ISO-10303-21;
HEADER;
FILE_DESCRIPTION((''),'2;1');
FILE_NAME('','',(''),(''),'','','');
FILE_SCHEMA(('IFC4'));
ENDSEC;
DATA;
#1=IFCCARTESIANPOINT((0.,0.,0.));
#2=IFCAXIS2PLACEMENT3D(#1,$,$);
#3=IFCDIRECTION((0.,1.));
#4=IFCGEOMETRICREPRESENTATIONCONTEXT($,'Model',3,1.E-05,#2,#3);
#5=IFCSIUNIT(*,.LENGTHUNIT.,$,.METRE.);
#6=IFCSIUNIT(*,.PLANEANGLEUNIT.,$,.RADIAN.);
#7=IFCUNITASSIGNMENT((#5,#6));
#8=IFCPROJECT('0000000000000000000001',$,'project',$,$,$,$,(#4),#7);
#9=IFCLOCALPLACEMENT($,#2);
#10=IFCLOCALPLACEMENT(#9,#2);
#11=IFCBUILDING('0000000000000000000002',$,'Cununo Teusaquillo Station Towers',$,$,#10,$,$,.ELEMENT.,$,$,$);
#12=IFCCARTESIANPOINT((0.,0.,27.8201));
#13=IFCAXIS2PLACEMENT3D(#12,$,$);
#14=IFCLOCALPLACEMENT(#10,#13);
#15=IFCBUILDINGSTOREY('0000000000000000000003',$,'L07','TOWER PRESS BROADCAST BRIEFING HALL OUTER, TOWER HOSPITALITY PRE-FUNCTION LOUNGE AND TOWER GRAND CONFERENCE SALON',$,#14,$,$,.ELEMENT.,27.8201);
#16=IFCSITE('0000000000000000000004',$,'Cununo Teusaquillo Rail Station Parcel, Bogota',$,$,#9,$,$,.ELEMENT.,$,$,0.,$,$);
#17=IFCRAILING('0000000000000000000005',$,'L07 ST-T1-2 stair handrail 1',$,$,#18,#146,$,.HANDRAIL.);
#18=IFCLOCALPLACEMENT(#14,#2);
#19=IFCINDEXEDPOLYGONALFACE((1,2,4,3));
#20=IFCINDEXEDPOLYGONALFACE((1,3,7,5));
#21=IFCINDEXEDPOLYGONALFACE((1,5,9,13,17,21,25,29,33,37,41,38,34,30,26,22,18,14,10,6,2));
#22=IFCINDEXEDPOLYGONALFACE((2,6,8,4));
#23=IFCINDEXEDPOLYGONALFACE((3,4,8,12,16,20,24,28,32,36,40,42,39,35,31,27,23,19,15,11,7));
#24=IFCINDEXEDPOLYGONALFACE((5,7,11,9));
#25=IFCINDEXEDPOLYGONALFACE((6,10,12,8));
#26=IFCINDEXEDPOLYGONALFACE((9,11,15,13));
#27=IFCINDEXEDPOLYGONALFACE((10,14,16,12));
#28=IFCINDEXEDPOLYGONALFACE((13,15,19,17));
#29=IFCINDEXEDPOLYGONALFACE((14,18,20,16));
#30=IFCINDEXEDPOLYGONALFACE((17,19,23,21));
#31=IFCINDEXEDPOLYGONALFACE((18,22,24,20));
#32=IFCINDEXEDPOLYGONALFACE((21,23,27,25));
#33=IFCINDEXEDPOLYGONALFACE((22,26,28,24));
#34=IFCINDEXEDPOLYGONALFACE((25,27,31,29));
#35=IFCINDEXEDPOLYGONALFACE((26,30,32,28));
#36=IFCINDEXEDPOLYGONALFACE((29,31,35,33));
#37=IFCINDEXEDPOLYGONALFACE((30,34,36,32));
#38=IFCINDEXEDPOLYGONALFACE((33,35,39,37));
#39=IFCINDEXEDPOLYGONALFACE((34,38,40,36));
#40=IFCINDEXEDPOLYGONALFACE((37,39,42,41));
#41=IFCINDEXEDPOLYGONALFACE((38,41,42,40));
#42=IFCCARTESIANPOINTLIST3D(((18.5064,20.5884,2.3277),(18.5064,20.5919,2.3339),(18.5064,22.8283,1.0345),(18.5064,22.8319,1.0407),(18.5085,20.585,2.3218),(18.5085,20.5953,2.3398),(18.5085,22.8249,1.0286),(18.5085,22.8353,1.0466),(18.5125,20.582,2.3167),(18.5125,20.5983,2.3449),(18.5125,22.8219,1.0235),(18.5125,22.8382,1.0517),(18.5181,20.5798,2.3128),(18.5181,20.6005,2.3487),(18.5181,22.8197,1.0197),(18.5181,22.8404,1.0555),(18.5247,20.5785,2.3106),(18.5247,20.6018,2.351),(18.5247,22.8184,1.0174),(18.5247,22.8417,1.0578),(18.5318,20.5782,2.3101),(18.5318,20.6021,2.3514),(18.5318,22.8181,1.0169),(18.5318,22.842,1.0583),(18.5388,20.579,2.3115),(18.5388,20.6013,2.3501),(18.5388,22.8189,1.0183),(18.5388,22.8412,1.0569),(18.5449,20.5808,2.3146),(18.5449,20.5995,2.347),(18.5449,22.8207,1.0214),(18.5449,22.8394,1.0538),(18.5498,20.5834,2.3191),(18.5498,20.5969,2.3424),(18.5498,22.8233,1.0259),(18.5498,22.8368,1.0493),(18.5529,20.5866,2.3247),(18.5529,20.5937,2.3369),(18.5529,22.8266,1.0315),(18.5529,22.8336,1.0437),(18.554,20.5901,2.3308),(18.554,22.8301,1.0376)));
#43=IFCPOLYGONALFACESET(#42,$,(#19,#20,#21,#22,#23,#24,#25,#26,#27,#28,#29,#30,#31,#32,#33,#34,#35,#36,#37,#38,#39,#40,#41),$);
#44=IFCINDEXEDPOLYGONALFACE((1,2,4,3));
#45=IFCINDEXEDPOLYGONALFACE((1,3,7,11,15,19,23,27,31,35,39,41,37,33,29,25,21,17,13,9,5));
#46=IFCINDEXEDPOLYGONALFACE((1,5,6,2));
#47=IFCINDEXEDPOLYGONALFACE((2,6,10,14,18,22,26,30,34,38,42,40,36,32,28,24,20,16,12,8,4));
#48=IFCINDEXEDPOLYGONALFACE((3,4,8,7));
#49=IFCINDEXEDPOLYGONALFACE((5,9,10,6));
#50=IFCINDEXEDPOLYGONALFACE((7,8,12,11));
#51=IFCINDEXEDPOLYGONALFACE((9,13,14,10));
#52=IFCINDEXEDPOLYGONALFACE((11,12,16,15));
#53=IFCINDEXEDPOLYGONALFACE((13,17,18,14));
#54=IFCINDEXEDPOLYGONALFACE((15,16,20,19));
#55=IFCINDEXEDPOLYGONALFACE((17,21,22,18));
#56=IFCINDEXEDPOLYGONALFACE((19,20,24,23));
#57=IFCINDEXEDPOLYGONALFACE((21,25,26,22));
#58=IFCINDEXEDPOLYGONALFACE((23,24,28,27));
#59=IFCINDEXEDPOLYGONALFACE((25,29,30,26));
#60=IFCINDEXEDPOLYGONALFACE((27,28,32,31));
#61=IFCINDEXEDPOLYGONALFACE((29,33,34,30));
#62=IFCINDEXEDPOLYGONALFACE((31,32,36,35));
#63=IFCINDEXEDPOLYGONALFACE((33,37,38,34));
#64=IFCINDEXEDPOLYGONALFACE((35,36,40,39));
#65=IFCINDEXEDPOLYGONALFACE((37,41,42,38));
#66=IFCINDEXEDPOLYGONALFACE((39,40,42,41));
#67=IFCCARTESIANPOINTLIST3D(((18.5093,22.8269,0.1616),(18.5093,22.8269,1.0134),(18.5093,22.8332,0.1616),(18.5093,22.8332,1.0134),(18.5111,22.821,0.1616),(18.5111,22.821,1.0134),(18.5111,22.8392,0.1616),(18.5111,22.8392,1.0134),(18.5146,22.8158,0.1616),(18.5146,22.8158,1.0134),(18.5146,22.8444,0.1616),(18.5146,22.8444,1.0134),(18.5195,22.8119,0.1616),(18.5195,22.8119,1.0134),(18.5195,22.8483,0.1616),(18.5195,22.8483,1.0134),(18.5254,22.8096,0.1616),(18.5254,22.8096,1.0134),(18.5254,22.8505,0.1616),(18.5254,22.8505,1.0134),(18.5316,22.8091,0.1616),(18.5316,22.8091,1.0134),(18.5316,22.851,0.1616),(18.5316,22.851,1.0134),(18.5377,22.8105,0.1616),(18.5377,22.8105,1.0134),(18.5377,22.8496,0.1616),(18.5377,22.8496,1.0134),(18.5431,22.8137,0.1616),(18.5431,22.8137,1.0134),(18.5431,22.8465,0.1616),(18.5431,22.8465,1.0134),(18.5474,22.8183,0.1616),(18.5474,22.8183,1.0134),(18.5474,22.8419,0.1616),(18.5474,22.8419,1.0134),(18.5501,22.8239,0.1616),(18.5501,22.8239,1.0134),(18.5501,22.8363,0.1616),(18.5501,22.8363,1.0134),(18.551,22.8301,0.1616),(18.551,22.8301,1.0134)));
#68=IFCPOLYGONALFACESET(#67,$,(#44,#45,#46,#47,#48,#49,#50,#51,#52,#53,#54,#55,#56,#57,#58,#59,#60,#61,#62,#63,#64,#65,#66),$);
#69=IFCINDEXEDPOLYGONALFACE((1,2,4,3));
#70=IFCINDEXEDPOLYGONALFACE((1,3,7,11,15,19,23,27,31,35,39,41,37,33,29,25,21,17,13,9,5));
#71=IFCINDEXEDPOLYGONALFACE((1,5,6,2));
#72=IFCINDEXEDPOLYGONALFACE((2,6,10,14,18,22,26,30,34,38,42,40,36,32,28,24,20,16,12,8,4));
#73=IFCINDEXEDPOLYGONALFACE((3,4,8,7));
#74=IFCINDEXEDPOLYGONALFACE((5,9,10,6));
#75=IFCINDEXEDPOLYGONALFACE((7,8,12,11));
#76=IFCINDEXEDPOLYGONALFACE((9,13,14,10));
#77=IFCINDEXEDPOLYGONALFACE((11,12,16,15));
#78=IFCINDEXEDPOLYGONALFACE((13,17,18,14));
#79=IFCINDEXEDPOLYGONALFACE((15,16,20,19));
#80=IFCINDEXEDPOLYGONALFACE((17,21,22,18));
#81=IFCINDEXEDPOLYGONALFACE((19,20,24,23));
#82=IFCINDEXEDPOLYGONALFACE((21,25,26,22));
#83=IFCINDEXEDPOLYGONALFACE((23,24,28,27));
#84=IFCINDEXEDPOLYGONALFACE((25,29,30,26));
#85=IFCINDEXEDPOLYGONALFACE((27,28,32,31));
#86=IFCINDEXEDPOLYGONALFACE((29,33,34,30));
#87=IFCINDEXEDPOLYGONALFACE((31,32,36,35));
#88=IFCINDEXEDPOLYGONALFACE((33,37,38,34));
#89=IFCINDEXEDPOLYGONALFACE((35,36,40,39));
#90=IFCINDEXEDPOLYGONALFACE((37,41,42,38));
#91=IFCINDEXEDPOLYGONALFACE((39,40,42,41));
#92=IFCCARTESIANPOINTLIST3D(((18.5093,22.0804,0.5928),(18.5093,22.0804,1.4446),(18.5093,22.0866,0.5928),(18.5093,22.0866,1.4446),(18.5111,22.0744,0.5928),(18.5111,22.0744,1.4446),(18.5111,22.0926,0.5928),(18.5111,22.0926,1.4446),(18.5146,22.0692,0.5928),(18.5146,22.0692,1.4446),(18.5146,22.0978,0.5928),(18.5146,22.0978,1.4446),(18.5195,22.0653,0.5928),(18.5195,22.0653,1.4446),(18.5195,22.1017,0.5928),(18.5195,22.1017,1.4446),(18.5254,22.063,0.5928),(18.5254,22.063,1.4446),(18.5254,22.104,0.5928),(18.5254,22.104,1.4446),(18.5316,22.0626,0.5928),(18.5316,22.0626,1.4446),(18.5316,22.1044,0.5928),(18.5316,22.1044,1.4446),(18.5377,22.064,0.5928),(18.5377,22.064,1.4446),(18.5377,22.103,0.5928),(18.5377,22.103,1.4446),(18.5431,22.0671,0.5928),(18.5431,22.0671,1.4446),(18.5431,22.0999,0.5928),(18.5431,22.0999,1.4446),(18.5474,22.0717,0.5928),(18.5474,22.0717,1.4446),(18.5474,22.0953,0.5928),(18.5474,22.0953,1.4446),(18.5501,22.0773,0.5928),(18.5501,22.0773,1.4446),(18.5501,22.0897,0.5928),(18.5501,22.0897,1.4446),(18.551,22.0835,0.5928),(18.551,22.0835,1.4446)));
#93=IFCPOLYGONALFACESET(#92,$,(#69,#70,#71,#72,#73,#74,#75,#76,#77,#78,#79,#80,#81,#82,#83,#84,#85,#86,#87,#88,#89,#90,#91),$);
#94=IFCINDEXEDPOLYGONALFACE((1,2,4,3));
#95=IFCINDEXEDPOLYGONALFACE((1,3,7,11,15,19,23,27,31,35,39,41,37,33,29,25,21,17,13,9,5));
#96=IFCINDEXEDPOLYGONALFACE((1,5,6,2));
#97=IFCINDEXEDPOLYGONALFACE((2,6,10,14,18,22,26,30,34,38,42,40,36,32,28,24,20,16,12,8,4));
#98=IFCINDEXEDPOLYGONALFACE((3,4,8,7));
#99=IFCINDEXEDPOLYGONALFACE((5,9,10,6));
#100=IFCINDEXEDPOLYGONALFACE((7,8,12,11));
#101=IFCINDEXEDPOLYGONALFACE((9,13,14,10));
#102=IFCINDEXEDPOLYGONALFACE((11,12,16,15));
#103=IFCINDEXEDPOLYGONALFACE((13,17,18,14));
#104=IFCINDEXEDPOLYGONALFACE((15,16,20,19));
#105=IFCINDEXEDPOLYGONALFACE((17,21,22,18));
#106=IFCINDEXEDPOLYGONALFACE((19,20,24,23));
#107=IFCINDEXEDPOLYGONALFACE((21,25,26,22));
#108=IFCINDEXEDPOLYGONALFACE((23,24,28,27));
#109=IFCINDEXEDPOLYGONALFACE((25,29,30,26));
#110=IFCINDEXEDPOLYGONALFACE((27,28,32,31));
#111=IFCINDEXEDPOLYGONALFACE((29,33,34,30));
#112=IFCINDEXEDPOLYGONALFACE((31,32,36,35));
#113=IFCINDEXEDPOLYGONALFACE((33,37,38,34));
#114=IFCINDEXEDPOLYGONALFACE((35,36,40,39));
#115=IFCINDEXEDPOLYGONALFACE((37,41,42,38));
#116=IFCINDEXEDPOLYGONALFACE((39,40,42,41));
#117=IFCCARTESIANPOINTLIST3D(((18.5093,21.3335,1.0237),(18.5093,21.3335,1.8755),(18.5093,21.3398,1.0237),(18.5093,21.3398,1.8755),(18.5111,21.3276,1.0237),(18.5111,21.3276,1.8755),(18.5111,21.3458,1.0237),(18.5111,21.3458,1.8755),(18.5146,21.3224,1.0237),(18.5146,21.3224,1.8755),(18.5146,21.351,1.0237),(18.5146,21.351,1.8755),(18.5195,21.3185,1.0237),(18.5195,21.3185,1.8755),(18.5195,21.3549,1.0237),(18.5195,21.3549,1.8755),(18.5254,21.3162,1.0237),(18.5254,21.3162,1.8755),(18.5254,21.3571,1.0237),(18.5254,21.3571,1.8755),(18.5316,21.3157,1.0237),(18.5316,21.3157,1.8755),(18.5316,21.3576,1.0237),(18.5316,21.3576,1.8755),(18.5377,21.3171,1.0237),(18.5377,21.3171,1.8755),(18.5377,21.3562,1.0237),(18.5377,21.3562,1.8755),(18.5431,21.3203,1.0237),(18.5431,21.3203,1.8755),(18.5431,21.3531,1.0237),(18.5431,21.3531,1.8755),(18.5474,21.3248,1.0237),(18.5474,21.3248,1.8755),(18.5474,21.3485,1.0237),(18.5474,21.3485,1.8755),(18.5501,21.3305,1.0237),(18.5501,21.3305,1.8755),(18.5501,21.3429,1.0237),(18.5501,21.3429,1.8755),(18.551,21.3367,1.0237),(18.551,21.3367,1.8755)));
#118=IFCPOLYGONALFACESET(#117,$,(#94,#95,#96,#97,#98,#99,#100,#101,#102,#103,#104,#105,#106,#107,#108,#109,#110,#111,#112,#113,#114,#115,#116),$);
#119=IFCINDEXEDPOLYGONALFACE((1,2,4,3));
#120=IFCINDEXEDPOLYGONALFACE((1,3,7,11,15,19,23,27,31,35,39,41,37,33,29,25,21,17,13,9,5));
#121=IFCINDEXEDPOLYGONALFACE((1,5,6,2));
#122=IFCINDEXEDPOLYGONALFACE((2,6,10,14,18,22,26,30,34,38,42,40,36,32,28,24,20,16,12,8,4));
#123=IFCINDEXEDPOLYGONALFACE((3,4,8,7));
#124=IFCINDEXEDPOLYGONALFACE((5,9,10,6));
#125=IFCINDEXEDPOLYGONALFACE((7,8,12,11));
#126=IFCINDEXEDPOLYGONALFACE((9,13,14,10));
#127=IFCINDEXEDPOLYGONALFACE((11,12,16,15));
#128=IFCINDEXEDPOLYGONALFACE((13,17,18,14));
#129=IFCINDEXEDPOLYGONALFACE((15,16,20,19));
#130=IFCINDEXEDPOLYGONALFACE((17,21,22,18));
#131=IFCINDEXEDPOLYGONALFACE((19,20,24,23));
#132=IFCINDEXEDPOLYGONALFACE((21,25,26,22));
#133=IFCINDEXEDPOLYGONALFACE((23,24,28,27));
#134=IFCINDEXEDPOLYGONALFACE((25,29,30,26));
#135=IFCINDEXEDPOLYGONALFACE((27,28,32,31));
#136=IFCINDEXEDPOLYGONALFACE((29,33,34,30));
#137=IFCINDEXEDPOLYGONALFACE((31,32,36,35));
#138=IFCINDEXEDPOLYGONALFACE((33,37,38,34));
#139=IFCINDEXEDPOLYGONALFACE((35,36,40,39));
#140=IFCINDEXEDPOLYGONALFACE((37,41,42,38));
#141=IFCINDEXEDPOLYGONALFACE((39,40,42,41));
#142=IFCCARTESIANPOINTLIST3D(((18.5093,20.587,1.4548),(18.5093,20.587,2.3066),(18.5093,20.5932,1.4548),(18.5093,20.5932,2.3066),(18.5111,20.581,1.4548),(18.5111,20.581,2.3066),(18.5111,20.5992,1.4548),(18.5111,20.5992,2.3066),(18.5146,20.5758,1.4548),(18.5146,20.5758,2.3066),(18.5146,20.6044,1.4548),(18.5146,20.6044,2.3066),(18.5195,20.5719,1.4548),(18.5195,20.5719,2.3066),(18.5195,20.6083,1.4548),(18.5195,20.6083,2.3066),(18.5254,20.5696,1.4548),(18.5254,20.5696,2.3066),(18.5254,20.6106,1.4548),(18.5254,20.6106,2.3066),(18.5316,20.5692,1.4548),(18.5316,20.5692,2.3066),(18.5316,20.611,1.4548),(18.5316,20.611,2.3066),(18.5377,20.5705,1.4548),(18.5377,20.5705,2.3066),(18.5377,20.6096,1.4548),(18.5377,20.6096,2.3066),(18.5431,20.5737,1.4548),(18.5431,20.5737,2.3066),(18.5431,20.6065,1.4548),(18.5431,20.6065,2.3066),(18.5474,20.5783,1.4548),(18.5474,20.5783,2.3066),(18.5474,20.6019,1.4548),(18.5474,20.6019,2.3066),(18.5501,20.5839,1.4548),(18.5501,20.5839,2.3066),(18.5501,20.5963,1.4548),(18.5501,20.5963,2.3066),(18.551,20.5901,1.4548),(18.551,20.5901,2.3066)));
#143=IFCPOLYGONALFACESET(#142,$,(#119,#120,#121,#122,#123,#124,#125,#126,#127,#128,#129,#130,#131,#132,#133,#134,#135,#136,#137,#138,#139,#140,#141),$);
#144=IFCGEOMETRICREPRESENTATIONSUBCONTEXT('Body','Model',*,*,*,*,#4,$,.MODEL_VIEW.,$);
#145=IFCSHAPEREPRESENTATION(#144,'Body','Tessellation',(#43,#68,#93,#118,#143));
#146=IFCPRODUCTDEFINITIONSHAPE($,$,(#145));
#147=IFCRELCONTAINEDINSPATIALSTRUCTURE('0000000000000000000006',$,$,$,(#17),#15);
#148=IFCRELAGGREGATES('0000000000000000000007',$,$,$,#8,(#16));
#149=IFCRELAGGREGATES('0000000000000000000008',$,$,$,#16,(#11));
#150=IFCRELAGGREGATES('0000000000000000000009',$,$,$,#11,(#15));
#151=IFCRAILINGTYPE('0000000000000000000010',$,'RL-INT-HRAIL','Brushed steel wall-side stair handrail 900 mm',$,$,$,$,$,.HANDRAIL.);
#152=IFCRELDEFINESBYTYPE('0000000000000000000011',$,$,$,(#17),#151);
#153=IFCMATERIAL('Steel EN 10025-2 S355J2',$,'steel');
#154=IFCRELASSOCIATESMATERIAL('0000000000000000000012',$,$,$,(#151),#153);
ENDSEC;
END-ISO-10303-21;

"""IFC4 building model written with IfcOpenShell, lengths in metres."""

from ifc_helpers import new_model, si_unit, direction, frame, origin, origin_2d, place, context, subcontext, project, spatial, circle, extrude, material, type_object, element, save


model = new_model("IFC4")

# Units and contexts
model_context = context("Model", 3, precision=1e-05, world=origin(), true_north=direction((0.0, 1.0)))
body_context = subcontext(model_context, "Body", "Model", "MODEL_VIEW")
ifc_project = project(units=[si_unit("LENGTHUNIT", "METRE"), si_unit("PLANEANGLEUNIT", "RADIAN")], contexts=[model_context])

# Site, building, storey
site_placement = place(None, origin())
site = spatial("IfcSite", under=ifc_project, at=site_placement, Name="Cununo Teusaquillo Rail Station Parcel, Bogota", CompositionType="ELEMENT", RefElevation=0.0)
building_placement = place(site_placement, origin())
building = spatial("IfcBuilding", under=site, at=building_placement, Name="Cununo Teusaquillo Station Towers", CompositionType="ELEMENT")
storey_placement = place(building_placement, frame((0.0, 0.0, 27.8201)))
storey = spatial("IfcBuildingStorey", under=building, at=storey_placement, Name="L07", Description="TOWER PRESS BROADCAST BRIEFING HALL OUTER, TOWER HOSPITALITY PRE-FUNCTION LOUNGE AND TOWER GRAND CONFERENCE SALON", CompositionType="ELEMENT", Elevation=27.8201)

# Railing
ifc_material_1 = material(Name="Steel EN 10025-2 S355J2", Category="steel")
railing_type_1 = type_object("IfcRailingType", Name="RL-INT-HRAIL", Description="Brushed steel wall-side stair handrail 900 mm", PredefinedType="HANDRAIL", material=ifc_material_1)
railing_1_placement = place(storey_placement, frame((18.53, 22.8301, 0.1616)))
element("IfcRailing", 1, at=railing_1_placement, inside=storey, type_object=railing_type_1, Name="L07 ST-T1-2 stair handrail 1", PredefinedType="HANDRAIL", context=body_context, shape_type="SweptSolid", body=[
    extrude(circle(Radius=0.0239, at=origin_2d()), frame((0.0, 0.0, 0.876), z_axis=(0.0, -0.866033, 0.499987), x_axis=(1.0, 0.0, 0.0)), (0.0, 0.0, 1.0), 2.5864),
    extrude(circle(Radius=0.021, at=origin_2d()), origin(), (0.0, 0.0, 1.0), 0.8518),
    extrude(circle(Radius=0.021, at=origin_2d()), frame((0.0, -0.7466, 0.4312)), (0.0, 0.0, 1.0), 0.8518),
    extrude(circle(Radius=0.021, at=origin_2d()), frame((0.0, -1.4934, 0.8621)), (0.0, 0.0, 1.0), 0.8518),
    extrude(circle(Radius=0.021, at=origin_2d()), frame((0.0, -2.24, 1.2932)), (0.0, 0.0, 1.0), 0.8518),
])

save(model, "model.ifc")
